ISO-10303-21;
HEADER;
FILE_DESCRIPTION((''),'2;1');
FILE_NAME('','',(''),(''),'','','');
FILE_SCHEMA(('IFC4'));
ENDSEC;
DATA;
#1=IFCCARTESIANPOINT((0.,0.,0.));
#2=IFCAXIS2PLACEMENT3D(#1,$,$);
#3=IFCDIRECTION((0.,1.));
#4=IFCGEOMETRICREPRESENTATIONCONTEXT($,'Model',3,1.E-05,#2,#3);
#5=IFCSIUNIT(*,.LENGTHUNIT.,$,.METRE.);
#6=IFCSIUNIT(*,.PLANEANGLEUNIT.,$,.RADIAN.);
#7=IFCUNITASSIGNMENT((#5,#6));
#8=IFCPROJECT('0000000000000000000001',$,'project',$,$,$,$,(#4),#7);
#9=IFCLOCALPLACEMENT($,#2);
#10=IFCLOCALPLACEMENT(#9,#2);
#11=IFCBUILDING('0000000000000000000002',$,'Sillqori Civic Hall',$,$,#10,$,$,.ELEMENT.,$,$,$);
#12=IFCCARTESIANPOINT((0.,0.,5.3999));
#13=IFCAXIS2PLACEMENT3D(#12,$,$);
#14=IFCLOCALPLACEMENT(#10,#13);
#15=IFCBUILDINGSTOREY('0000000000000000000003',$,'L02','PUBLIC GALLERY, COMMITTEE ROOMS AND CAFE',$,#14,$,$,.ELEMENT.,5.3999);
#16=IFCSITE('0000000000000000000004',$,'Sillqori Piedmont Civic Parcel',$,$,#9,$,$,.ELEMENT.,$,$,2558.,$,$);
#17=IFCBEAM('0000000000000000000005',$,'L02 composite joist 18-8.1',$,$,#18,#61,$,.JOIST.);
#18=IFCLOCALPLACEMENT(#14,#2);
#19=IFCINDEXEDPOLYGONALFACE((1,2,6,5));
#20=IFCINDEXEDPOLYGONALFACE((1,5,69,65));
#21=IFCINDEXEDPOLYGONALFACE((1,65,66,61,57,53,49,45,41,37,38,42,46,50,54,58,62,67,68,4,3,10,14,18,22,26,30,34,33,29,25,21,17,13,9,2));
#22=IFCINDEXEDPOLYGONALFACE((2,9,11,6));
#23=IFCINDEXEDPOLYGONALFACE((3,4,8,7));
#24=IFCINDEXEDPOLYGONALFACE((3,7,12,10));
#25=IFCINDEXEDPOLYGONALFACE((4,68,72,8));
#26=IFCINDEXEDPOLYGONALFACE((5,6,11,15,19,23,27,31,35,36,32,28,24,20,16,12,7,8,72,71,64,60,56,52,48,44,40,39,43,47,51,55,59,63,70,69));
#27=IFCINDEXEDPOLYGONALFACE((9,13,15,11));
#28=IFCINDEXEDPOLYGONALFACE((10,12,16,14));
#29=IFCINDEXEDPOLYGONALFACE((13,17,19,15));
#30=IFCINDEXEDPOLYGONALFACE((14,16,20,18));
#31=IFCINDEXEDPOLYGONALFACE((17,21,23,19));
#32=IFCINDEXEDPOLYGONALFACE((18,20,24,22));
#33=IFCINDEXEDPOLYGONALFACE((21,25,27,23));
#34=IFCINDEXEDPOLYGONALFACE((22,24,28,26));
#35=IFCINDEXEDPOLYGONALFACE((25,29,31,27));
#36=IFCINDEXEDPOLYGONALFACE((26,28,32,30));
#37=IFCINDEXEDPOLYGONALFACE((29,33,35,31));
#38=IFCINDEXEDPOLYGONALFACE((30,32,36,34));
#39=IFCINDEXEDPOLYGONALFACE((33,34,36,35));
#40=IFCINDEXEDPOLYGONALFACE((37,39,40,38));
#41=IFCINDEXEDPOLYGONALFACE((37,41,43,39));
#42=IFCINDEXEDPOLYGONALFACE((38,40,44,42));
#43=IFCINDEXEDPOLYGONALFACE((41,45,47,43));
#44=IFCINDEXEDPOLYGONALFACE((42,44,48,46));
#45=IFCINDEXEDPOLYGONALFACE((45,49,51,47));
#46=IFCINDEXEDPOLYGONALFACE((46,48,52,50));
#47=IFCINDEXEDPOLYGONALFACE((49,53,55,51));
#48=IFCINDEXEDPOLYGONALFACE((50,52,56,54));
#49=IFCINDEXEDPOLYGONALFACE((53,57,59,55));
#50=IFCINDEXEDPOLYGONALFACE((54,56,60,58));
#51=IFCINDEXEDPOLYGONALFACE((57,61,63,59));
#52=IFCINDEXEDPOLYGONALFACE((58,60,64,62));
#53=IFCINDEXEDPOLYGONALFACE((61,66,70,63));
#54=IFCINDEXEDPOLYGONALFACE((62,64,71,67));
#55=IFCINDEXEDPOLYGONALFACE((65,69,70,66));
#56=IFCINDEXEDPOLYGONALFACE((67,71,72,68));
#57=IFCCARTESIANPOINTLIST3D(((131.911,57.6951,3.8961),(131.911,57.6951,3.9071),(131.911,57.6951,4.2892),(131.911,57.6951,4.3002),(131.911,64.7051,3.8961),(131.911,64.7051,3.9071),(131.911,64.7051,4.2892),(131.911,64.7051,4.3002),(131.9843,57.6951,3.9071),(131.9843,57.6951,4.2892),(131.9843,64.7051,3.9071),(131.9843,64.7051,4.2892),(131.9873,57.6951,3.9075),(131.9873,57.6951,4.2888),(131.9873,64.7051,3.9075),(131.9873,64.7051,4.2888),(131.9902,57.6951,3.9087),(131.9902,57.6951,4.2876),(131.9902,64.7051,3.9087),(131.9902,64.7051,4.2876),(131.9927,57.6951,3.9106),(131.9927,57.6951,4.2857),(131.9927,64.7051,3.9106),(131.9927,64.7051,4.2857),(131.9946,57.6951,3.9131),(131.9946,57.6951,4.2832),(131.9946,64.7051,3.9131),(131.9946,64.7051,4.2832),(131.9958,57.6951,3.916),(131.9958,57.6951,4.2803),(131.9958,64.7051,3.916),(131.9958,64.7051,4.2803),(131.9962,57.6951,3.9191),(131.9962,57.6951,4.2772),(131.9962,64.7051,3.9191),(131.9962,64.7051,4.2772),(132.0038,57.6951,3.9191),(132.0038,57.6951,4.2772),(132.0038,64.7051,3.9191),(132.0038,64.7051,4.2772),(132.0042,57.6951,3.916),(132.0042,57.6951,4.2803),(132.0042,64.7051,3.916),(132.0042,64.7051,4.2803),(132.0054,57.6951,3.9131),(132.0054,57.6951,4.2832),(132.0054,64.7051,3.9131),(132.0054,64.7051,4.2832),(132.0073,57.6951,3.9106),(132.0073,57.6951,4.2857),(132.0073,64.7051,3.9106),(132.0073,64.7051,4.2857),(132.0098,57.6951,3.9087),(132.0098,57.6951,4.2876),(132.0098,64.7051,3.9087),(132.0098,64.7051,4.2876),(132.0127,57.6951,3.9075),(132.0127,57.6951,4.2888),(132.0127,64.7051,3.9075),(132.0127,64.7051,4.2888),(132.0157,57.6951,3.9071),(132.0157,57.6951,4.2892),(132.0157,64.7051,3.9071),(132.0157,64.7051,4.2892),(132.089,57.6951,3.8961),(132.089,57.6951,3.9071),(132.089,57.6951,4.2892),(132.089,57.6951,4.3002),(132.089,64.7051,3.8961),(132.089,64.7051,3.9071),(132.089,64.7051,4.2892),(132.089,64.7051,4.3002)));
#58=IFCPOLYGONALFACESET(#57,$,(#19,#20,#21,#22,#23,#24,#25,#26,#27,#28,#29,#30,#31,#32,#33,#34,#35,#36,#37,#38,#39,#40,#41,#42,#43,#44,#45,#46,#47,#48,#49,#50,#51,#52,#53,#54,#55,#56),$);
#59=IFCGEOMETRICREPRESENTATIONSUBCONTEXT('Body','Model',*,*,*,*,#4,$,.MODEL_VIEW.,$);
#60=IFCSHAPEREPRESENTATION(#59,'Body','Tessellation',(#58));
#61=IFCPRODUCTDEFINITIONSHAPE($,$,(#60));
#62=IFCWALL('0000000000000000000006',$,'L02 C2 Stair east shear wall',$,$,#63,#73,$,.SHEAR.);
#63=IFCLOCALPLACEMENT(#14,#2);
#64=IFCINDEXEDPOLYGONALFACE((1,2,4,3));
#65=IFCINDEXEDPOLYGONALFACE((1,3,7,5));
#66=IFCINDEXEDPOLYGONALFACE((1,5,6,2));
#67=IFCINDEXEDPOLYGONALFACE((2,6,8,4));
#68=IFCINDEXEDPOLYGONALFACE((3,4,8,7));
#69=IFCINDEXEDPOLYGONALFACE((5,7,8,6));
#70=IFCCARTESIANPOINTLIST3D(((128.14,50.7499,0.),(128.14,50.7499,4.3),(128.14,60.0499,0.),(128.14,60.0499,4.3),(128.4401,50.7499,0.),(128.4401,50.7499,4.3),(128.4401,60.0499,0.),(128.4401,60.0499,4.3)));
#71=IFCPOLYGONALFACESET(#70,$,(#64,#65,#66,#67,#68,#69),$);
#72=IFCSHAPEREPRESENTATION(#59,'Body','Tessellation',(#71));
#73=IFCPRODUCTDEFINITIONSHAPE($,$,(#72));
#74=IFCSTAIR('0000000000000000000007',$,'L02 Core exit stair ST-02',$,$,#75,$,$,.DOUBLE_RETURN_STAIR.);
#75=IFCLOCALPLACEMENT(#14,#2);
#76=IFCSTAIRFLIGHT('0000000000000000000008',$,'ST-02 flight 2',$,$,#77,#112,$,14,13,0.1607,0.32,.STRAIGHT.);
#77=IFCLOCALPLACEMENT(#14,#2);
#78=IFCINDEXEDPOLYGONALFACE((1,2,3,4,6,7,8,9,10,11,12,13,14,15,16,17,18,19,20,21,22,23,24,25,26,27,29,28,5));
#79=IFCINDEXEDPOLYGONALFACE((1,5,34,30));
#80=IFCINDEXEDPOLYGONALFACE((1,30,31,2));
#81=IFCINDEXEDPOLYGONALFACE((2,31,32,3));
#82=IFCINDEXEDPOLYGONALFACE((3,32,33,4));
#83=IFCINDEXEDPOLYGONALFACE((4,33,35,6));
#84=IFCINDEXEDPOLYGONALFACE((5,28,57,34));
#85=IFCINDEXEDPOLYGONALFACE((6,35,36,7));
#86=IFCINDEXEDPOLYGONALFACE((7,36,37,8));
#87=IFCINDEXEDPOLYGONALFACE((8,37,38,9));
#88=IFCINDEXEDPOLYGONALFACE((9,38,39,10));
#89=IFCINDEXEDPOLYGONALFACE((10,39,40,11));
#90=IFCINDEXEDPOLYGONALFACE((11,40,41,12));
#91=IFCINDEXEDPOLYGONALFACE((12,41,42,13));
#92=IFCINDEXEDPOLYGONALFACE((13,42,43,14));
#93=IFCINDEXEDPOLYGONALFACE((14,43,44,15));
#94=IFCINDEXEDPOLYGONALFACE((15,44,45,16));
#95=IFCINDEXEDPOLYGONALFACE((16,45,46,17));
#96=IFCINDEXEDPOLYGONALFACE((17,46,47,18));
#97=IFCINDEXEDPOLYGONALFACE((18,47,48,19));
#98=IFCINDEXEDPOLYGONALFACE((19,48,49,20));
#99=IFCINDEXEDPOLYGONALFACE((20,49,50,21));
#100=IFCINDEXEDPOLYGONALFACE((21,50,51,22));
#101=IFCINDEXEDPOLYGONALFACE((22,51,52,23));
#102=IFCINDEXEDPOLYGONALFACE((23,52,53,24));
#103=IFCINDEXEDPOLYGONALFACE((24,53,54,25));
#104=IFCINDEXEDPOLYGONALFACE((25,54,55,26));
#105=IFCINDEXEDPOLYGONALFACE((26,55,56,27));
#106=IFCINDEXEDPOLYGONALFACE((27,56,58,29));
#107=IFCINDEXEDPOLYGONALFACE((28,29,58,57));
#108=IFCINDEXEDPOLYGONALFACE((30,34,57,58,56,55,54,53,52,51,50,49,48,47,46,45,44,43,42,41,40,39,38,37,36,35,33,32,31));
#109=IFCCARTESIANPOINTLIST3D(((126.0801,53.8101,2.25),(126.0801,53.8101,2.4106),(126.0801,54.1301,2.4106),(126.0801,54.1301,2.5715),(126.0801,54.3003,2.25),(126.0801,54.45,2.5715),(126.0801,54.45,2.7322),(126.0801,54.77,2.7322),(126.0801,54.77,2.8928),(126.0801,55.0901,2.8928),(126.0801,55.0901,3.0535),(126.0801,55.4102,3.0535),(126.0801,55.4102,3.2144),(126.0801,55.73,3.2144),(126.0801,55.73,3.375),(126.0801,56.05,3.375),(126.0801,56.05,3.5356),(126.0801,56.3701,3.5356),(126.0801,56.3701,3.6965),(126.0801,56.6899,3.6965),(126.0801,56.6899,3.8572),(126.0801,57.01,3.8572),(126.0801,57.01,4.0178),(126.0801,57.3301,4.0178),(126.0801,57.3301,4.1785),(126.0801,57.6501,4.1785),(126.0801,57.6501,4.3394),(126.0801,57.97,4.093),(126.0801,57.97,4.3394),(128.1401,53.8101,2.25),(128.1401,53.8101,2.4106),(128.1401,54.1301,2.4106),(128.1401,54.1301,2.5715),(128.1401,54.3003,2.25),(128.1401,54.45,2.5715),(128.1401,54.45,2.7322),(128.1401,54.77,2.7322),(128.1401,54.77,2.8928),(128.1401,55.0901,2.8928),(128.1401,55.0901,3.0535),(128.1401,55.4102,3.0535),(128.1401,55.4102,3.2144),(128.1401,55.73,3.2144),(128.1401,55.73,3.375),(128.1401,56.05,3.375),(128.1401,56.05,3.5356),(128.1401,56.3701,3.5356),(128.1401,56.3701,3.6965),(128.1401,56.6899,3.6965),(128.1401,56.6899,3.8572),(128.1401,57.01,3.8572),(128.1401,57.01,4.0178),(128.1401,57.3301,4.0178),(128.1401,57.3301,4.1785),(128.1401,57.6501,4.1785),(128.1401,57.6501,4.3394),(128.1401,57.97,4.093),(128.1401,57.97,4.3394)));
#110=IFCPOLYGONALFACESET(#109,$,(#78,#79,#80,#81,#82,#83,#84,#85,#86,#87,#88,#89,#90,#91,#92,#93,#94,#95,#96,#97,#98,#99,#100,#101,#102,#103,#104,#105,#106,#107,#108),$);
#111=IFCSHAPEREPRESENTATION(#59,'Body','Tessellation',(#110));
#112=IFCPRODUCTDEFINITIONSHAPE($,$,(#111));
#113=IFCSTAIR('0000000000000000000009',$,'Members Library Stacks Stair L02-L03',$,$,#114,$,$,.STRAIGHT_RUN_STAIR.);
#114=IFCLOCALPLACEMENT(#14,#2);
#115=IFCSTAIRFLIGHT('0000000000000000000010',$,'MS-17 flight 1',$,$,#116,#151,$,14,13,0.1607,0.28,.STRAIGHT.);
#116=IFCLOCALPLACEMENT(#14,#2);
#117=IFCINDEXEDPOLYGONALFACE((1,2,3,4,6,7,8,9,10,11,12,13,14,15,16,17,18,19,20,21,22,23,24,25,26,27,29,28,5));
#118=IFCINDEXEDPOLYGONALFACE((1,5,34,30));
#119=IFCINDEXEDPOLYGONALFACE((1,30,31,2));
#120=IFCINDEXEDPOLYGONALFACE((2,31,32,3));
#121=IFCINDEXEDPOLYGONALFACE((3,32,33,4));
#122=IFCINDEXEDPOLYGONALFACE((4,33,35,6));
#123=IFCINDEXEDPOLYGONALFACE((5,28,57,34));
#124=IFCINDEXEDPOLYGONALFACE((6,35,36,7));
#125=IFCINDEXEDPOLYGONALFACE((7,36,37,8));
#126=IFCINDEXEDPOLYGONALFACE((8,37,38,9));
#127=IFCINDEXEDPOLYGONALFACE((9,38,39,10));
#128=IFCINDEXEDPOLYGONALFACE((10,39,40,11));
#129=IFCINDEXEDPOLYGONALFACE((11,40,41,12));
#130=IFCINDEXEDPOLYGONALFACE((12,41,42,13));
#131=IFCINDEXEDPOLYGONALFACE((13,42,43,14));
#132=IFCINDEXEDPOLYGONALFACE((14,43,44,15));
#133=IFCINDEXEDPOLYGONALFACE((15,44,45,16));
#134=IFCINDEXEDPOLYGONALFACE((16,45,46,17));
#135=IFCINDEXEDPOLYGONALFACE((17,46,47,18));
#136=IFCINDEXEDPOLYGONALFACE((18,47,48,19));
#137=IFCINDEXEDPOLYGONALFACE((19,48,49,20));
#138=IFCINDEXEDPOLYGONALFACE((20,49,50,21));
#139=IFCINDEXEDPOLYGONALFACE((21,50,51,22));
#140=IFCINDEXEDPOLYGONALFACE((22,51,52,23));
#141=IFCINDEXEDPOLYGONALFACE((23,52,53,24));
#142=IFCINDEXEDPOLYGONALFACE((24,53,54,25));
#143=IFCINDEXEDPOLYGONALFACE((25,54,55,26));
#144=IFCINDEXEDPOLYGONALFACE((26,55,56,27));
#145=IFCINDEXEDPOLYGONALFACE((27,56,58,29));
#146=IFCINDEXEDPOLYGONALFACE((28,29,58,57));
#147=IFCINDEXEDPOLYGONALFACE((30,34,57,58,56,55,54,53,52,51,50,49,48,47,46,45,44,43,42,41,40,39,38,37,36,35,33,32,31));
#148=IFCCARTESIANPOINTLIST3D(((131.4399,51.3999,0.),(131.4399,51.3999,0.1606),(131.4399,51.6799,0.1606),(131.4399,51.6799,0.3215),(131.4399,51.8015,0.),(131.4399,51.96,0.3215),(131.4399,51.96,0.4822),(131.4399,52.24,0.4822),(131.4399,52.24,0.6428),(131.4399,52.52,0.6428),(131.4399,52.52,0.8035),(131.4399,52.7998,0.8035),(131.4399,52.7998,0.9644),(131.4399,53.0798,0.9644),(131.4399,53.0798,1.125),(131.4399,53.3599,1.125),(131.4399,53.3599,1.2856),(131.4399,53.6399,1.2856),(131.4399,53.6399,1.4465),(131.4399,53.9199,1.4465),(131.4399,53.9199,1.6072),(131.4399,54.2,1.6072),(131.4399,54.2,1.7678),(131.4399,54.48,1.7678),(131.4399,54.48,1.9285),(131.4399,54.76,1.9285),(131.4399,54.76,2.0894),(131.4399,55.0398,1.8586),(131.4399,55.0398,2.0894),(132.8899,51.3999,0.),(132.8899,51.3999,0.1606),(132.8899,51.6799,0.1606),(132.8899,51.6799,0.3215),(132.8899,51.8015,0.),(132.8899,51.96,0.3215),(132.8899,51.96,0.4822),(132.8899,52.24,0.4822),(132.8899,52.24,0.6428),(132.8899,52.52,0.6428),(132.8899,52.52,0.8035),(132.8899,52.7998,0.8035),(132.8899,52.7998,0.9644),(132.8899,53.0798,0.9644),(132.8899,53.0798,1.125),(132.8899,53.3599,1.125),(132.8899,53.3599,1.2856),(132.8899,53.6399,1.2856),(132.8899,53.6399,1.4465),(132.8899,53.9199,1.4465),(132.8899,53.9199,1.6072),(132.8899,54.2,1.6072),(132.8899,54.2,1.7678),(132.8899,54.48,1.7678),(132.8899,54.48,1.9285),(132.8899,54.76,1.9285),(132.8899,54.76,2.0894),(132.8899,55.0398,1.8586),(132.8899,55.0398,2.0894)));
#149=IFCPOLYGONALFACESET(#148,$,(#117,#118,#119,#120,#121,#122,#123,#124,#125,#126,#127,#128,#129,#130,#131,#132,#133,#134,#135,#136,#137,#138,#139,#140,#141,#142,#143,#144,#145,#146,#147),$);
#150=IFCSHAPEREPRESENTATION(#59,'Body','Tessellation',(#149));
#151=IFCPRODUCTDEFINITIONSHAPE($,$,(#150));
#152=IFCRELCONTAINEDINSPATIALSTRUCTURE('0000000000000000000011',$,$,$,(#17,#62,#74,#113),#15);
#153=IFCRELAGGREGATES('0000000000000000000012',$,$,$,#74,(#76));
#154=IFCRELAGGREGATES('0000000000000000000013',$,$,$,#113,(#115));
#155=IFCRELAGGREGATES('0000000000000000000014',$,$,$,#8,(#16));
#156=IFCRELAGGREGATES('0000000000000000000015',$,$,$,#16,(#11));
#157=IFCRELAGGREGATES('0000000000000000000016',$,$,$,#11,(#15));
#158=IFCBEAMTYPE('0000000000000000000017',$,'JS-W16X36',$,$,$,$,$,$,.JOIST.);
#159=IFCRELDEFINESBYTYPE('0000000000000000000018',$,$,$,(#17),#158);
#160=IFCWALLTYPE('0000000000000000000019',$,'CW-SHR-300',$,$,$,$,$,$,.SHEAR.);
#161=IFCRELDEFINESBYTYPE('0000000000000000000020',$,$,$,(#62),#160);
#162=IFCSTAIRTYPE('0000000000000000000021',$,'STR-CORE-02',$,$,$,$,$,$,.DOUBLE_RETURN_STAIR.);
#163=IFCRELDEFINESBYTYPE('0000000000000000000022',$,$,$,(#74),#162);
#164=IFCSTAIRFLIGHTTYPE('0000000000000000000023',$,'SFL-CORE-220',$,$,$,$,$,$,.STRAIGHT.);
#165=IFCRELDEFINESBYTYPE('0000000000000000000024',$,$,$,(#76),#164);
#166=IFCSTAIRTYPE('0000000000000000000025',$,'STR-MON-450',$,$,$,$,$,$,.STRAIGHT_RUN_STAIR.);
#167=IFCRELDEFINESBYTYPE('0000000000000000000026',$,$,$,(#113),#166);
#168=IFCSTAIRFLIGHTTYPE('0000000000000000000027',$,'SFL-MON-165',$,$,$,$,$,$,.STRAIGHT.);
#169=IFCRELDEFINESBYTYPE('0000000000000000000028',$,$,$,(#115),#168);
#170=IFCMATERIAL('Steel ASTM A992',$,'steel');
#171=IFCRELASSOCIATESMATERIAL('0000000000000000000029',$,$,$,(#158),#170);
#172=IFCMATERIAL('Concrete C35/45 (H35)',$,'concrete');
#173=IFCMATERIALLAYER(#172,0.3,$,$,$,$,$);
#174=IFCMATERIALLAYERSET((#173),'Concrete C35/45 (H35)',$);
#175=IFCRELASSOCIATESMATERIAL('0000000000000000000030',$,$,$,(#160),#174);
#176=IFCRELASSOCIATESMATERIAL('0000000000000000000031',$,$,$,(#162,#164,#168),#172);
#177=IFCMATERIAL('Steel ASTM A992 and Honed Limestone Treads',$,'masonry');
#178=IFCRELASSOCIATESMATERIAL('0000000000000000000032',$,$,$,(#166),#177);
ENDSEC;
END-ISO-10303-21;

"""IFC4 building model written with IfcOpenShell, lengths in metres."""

from ifc_helpers import new_model, si_unit, direction, frame, frame_2d, origin, origin_2d, place, context, subcontext, project, spatial, polyline, rectangle, i_section, outline, extrude, material, layer, layer_set, material_profile, profile_set, type_object, element, aggregate, save


model = new_model("IFC4")

# Units and contexts
model_context = context("Model", 3, precision=1e-05, world=origin(), true_north=direction((0.0, 1.0)))
body_context = subcontext(model_context, "Body", "Model", "MODEL_VIEW")
ifc_project = project(units=[si_unit("LENGTHUNIT", "METRE"), si_unit("PLANEANGLEUNIT", "RADIAN")], contexts=[model_context])

# Site, building, storey
site_placement = place(None, origin())
site = spatial("IfcSite", under=ifc_project, at=site_placement, Name="Sillqori Piedmont Civic Parcel", CompositionType="ELEMENT", RefElevation=2558.0)
building_placement = place(site_placement, origin())
building = spatial("IfcBuilding", under=site, at=building_placement, Name="Sillqori Civic Hall", CompositionType="ELEMENT")
storey_placement = place(building_placement, frame((0.0, 0.0, 5.3999)))
storey = spatial("IfcBuildingStorey", under=building, at=storey_placement, Name="L02", Description="PUBLIC GALLERY, COMMITTEE ROOMS AND CAFE", CompositionType="ELEMENT", Elevation=5.3999)

# Shared definitions
ifc_material_1 = material(Name="Steel ASTM A992", Category="steel")

# Beam
ifc_material_profile_1 = material_profile(ifc_material_1, i_section(OverallWidth=0.178, OverallDepth=0.4041, WebThickness=0.0076, FlangeThickness=0.011, FilletRadius=0.012, at=origin_2d()), Name="W16X36")
ifc_profile_set_1 = profile_set([ifc_material_profile_1], Name="Steel ASTM A992")
beam_type_1 = type_object("IfcBeamType", Name="JS-W16X36", PredefinedType="JOIST", material=ifc_profile_set_1)
beam_1_placement = place(storey_placement, frame((132.0, 57.6951, 4.0981), z_axis=(0.0, 1.0, 0.0), x_axis=(-1.0, 0.0, 0.0)))
element("IfcBeam", 1, at=beam_1_placement, inside=storey, type_object=beam_type_1, Name="L02 composite joist 18-8.1", PredefinedType="JOIST", context=body_context, shape_type="SweptSolid", body=[
    extrude(i_section(OverallWidth=0.178, OverallDepth=0.4041, WebThickness=0.0076, FlangeThickness=0.011, FilletRadius=0.012, at=origin_2d()), origin(), (0.0, 0.0, 1.0), 7.01),
])

# Wall
ifc_material_2 = material(Name="Concrete C35/45 (H35)", Category="concrete")
ifc_layer_1 = layer(ifc_material_2, 0.3)
ifc_layer_set_1 = layer_set([ifc_layer_1], Name="Concrete C35/45 (H35)")
wall_type = type_object("IfcWallType", Name="CW-SHR-300", PredefinedType="SHEAR", material=ifc_layer_set_1)
wall_placement = place(storey_placement, frame((128.29, 50.75, 0.0), z_axis=(0.0, 0.0, 1.0), x_axis=(0.0, 1.0, 0.0)))
element("IfcWall", 2, at=wall_placement, inside=storey, type_object=wall_type, Name="L02 C2 Stair east shear wall", PredefinedType="SHEAR", context=body_context, shape_type="SweptSolid", body=[
    extrude(rectangle(XDim=9.3, YDim=0.3, at=frame_2d((4.6499, 0.0))), origin(), (0.0, 0.0, 1.0), 4.3),
])

# Stairs, stair flights
stair_type_1 = type_object("IfcStairType", Name="STR-CORE-02", PredefinedType="DOUBLE_RETURN_STAIR", material=ifc_material_2)
stair_1_placement = place(storey_placement, origin())
stair_1 = element("IfcStair", 3, at=stair_1_placement, inside=storey, type_object=stair_type_1, Name="L02 Core exit stair ST-02", PredefinedType="DOUBLE_RETURN_STAIR")
stair_flight_type_1 = type_object("IfcStairFlightType", Name="SFL-CORE-220", PredefinedType="STRAIGHT", material=ifc_material_2)
stair_flight_1_placement = place(storey_placement, frame((127.1101, 53.8101, 2.25), z_axis=(0.0, 0.0, 1.0), x_axis=(0.0, 1.0, 0.0)))
stair_flight_1 = element("IfcStairFlight", 4, at=stair_flight_1_placement, type_object=stair_flight_type_1, Name="ST-02 flight 2", NumberOfRisers=14, NumberOfTreads=13, PredefinedType="STRAIGHT", RiserHeight=0.1607, TreadLength=0.32, context=body_context, shape_type="SweptSolid", body=[
    extrude(outline(polyline([(0.0, 0.0), (0.0, 0.1606), (0.3201, 0.1606), (0.3201, 0.3215), (0.6399, 0.3215), (0.6399, 0.4822), (0.96, 0.4822), (0.96, 0.6428), (1.28, 0.6428), (1.28, 0.8035), (1.6001, 0.8035), (1.6001, 0.9644), (1.9199, 0.9644), (1.9199, 1.125), (2.24, 1.125), (2.24, 1.2856), (2.5601, 1.2856), (2.5601, 1.4465), (2.8799, 1.4465), (2.8799, 1.6072), (3.2, 1.6072), (3.2, 1.7678), (3.52, 1.7678), (3.52, 1.9285), (3.8401, 1.9285), (3.8401, 2.0894), (4.1599, 2.0894), (4.1599, 2.25), (4.1599, 1.843), (0.4902, 0.0), (0.0, 0.0)])), frame((0.0, 1.03, 0.0), z_axis=(0.0, -1.0, 0.0), x_axis=(1.0, 0.0, 0.0)), (0.0, 0.0, 1.0), 2.0601),
])
aggregate(stair_1, [stair_flight_1])
ifc_material_3 = material(Name="Steel ASTM A992 and Honed Limestone Treads", Category="masonry")
stair_type_2 = type_object("IfcStairType", Name="STR-MON-450", PredefinedType="STRAIGHT_RUN_STAIR", material=ifc_material_3)
stair_2_placement = place(storey_placement, origin())
stair_2 = element("IfcStair", 5, at=stair_2_placement, inside=storey, type_object=stair_type_2, Name="Members Library Stacks Stair L02-L03", PredefinedType="STRAIGHT_RUN_STAIR")
stair_flight_type_2 = type_object("IfcStairFlightType", Name="SFL-MON-165", PredefinedType="STRAIGHT", material=ifc_material_2)
stair_flight_2_placement = place(storey_placement, frame((132.165, 51.3999, 0.0), z_axis=(0.0, 0.0, 1.0), x_axis=(0.0, 1.0, 0.0)))
stair_flight_2 = element("IfcStairFlight", 6, at=stair_flight_2_placement, type_object=stair_flight_type_2, Name="MS-17 flight 1", NumberOfRisers=14, NumberOfTreads=13, PredefinedType="STRAIGHT", RiserHeight=0.1607, TreadLength=0.28, context=body_context, shape_type="SweptSolid", body=[
    extrude(outline(polyline([(0.0, 0.0), (0.0, 0.1606), (0.28, 0.1606), (0.28, 0.3215), (0.5601, 0.3215), (0.5601, 0.4822), (0.8401, 0.4822), (0.8401, 0.6428), (1.1201, 0.6428), (1.1201, 0.8035), (1.3999, 0.8035), (1.3999, 0.9644), (1.6799, 0.9644), (1.6799, 1.125), (1.96, 1.125), (1.96, 1.2856), (2.24, 1.2856), (2.24, 1.4465), (2.52, 1.4465), (2.52, 1.6072), (2.8, 1.6072), (2.8, 1.7678), (3.0801, 1.7678), (3.0801, 1.9285), (3.3601, 1.9285), (3.3601, 2.0894), (3.6399, 2.0894), (3.6399, 2.25), (3.6399, 1.8586), (0.4016, 0.0), (0.0, 0.0)])), frame((0.0, 0.7251, 0.0), z_axis=(0.0, -1.0, 0.0), x_axis=(1.0, 0.0, 0.0)), (0.0, 0.0, 1.0), 1.45),
])
aggregate(stair_2, [stair_flight_2])

save(model, "model.ifc")
